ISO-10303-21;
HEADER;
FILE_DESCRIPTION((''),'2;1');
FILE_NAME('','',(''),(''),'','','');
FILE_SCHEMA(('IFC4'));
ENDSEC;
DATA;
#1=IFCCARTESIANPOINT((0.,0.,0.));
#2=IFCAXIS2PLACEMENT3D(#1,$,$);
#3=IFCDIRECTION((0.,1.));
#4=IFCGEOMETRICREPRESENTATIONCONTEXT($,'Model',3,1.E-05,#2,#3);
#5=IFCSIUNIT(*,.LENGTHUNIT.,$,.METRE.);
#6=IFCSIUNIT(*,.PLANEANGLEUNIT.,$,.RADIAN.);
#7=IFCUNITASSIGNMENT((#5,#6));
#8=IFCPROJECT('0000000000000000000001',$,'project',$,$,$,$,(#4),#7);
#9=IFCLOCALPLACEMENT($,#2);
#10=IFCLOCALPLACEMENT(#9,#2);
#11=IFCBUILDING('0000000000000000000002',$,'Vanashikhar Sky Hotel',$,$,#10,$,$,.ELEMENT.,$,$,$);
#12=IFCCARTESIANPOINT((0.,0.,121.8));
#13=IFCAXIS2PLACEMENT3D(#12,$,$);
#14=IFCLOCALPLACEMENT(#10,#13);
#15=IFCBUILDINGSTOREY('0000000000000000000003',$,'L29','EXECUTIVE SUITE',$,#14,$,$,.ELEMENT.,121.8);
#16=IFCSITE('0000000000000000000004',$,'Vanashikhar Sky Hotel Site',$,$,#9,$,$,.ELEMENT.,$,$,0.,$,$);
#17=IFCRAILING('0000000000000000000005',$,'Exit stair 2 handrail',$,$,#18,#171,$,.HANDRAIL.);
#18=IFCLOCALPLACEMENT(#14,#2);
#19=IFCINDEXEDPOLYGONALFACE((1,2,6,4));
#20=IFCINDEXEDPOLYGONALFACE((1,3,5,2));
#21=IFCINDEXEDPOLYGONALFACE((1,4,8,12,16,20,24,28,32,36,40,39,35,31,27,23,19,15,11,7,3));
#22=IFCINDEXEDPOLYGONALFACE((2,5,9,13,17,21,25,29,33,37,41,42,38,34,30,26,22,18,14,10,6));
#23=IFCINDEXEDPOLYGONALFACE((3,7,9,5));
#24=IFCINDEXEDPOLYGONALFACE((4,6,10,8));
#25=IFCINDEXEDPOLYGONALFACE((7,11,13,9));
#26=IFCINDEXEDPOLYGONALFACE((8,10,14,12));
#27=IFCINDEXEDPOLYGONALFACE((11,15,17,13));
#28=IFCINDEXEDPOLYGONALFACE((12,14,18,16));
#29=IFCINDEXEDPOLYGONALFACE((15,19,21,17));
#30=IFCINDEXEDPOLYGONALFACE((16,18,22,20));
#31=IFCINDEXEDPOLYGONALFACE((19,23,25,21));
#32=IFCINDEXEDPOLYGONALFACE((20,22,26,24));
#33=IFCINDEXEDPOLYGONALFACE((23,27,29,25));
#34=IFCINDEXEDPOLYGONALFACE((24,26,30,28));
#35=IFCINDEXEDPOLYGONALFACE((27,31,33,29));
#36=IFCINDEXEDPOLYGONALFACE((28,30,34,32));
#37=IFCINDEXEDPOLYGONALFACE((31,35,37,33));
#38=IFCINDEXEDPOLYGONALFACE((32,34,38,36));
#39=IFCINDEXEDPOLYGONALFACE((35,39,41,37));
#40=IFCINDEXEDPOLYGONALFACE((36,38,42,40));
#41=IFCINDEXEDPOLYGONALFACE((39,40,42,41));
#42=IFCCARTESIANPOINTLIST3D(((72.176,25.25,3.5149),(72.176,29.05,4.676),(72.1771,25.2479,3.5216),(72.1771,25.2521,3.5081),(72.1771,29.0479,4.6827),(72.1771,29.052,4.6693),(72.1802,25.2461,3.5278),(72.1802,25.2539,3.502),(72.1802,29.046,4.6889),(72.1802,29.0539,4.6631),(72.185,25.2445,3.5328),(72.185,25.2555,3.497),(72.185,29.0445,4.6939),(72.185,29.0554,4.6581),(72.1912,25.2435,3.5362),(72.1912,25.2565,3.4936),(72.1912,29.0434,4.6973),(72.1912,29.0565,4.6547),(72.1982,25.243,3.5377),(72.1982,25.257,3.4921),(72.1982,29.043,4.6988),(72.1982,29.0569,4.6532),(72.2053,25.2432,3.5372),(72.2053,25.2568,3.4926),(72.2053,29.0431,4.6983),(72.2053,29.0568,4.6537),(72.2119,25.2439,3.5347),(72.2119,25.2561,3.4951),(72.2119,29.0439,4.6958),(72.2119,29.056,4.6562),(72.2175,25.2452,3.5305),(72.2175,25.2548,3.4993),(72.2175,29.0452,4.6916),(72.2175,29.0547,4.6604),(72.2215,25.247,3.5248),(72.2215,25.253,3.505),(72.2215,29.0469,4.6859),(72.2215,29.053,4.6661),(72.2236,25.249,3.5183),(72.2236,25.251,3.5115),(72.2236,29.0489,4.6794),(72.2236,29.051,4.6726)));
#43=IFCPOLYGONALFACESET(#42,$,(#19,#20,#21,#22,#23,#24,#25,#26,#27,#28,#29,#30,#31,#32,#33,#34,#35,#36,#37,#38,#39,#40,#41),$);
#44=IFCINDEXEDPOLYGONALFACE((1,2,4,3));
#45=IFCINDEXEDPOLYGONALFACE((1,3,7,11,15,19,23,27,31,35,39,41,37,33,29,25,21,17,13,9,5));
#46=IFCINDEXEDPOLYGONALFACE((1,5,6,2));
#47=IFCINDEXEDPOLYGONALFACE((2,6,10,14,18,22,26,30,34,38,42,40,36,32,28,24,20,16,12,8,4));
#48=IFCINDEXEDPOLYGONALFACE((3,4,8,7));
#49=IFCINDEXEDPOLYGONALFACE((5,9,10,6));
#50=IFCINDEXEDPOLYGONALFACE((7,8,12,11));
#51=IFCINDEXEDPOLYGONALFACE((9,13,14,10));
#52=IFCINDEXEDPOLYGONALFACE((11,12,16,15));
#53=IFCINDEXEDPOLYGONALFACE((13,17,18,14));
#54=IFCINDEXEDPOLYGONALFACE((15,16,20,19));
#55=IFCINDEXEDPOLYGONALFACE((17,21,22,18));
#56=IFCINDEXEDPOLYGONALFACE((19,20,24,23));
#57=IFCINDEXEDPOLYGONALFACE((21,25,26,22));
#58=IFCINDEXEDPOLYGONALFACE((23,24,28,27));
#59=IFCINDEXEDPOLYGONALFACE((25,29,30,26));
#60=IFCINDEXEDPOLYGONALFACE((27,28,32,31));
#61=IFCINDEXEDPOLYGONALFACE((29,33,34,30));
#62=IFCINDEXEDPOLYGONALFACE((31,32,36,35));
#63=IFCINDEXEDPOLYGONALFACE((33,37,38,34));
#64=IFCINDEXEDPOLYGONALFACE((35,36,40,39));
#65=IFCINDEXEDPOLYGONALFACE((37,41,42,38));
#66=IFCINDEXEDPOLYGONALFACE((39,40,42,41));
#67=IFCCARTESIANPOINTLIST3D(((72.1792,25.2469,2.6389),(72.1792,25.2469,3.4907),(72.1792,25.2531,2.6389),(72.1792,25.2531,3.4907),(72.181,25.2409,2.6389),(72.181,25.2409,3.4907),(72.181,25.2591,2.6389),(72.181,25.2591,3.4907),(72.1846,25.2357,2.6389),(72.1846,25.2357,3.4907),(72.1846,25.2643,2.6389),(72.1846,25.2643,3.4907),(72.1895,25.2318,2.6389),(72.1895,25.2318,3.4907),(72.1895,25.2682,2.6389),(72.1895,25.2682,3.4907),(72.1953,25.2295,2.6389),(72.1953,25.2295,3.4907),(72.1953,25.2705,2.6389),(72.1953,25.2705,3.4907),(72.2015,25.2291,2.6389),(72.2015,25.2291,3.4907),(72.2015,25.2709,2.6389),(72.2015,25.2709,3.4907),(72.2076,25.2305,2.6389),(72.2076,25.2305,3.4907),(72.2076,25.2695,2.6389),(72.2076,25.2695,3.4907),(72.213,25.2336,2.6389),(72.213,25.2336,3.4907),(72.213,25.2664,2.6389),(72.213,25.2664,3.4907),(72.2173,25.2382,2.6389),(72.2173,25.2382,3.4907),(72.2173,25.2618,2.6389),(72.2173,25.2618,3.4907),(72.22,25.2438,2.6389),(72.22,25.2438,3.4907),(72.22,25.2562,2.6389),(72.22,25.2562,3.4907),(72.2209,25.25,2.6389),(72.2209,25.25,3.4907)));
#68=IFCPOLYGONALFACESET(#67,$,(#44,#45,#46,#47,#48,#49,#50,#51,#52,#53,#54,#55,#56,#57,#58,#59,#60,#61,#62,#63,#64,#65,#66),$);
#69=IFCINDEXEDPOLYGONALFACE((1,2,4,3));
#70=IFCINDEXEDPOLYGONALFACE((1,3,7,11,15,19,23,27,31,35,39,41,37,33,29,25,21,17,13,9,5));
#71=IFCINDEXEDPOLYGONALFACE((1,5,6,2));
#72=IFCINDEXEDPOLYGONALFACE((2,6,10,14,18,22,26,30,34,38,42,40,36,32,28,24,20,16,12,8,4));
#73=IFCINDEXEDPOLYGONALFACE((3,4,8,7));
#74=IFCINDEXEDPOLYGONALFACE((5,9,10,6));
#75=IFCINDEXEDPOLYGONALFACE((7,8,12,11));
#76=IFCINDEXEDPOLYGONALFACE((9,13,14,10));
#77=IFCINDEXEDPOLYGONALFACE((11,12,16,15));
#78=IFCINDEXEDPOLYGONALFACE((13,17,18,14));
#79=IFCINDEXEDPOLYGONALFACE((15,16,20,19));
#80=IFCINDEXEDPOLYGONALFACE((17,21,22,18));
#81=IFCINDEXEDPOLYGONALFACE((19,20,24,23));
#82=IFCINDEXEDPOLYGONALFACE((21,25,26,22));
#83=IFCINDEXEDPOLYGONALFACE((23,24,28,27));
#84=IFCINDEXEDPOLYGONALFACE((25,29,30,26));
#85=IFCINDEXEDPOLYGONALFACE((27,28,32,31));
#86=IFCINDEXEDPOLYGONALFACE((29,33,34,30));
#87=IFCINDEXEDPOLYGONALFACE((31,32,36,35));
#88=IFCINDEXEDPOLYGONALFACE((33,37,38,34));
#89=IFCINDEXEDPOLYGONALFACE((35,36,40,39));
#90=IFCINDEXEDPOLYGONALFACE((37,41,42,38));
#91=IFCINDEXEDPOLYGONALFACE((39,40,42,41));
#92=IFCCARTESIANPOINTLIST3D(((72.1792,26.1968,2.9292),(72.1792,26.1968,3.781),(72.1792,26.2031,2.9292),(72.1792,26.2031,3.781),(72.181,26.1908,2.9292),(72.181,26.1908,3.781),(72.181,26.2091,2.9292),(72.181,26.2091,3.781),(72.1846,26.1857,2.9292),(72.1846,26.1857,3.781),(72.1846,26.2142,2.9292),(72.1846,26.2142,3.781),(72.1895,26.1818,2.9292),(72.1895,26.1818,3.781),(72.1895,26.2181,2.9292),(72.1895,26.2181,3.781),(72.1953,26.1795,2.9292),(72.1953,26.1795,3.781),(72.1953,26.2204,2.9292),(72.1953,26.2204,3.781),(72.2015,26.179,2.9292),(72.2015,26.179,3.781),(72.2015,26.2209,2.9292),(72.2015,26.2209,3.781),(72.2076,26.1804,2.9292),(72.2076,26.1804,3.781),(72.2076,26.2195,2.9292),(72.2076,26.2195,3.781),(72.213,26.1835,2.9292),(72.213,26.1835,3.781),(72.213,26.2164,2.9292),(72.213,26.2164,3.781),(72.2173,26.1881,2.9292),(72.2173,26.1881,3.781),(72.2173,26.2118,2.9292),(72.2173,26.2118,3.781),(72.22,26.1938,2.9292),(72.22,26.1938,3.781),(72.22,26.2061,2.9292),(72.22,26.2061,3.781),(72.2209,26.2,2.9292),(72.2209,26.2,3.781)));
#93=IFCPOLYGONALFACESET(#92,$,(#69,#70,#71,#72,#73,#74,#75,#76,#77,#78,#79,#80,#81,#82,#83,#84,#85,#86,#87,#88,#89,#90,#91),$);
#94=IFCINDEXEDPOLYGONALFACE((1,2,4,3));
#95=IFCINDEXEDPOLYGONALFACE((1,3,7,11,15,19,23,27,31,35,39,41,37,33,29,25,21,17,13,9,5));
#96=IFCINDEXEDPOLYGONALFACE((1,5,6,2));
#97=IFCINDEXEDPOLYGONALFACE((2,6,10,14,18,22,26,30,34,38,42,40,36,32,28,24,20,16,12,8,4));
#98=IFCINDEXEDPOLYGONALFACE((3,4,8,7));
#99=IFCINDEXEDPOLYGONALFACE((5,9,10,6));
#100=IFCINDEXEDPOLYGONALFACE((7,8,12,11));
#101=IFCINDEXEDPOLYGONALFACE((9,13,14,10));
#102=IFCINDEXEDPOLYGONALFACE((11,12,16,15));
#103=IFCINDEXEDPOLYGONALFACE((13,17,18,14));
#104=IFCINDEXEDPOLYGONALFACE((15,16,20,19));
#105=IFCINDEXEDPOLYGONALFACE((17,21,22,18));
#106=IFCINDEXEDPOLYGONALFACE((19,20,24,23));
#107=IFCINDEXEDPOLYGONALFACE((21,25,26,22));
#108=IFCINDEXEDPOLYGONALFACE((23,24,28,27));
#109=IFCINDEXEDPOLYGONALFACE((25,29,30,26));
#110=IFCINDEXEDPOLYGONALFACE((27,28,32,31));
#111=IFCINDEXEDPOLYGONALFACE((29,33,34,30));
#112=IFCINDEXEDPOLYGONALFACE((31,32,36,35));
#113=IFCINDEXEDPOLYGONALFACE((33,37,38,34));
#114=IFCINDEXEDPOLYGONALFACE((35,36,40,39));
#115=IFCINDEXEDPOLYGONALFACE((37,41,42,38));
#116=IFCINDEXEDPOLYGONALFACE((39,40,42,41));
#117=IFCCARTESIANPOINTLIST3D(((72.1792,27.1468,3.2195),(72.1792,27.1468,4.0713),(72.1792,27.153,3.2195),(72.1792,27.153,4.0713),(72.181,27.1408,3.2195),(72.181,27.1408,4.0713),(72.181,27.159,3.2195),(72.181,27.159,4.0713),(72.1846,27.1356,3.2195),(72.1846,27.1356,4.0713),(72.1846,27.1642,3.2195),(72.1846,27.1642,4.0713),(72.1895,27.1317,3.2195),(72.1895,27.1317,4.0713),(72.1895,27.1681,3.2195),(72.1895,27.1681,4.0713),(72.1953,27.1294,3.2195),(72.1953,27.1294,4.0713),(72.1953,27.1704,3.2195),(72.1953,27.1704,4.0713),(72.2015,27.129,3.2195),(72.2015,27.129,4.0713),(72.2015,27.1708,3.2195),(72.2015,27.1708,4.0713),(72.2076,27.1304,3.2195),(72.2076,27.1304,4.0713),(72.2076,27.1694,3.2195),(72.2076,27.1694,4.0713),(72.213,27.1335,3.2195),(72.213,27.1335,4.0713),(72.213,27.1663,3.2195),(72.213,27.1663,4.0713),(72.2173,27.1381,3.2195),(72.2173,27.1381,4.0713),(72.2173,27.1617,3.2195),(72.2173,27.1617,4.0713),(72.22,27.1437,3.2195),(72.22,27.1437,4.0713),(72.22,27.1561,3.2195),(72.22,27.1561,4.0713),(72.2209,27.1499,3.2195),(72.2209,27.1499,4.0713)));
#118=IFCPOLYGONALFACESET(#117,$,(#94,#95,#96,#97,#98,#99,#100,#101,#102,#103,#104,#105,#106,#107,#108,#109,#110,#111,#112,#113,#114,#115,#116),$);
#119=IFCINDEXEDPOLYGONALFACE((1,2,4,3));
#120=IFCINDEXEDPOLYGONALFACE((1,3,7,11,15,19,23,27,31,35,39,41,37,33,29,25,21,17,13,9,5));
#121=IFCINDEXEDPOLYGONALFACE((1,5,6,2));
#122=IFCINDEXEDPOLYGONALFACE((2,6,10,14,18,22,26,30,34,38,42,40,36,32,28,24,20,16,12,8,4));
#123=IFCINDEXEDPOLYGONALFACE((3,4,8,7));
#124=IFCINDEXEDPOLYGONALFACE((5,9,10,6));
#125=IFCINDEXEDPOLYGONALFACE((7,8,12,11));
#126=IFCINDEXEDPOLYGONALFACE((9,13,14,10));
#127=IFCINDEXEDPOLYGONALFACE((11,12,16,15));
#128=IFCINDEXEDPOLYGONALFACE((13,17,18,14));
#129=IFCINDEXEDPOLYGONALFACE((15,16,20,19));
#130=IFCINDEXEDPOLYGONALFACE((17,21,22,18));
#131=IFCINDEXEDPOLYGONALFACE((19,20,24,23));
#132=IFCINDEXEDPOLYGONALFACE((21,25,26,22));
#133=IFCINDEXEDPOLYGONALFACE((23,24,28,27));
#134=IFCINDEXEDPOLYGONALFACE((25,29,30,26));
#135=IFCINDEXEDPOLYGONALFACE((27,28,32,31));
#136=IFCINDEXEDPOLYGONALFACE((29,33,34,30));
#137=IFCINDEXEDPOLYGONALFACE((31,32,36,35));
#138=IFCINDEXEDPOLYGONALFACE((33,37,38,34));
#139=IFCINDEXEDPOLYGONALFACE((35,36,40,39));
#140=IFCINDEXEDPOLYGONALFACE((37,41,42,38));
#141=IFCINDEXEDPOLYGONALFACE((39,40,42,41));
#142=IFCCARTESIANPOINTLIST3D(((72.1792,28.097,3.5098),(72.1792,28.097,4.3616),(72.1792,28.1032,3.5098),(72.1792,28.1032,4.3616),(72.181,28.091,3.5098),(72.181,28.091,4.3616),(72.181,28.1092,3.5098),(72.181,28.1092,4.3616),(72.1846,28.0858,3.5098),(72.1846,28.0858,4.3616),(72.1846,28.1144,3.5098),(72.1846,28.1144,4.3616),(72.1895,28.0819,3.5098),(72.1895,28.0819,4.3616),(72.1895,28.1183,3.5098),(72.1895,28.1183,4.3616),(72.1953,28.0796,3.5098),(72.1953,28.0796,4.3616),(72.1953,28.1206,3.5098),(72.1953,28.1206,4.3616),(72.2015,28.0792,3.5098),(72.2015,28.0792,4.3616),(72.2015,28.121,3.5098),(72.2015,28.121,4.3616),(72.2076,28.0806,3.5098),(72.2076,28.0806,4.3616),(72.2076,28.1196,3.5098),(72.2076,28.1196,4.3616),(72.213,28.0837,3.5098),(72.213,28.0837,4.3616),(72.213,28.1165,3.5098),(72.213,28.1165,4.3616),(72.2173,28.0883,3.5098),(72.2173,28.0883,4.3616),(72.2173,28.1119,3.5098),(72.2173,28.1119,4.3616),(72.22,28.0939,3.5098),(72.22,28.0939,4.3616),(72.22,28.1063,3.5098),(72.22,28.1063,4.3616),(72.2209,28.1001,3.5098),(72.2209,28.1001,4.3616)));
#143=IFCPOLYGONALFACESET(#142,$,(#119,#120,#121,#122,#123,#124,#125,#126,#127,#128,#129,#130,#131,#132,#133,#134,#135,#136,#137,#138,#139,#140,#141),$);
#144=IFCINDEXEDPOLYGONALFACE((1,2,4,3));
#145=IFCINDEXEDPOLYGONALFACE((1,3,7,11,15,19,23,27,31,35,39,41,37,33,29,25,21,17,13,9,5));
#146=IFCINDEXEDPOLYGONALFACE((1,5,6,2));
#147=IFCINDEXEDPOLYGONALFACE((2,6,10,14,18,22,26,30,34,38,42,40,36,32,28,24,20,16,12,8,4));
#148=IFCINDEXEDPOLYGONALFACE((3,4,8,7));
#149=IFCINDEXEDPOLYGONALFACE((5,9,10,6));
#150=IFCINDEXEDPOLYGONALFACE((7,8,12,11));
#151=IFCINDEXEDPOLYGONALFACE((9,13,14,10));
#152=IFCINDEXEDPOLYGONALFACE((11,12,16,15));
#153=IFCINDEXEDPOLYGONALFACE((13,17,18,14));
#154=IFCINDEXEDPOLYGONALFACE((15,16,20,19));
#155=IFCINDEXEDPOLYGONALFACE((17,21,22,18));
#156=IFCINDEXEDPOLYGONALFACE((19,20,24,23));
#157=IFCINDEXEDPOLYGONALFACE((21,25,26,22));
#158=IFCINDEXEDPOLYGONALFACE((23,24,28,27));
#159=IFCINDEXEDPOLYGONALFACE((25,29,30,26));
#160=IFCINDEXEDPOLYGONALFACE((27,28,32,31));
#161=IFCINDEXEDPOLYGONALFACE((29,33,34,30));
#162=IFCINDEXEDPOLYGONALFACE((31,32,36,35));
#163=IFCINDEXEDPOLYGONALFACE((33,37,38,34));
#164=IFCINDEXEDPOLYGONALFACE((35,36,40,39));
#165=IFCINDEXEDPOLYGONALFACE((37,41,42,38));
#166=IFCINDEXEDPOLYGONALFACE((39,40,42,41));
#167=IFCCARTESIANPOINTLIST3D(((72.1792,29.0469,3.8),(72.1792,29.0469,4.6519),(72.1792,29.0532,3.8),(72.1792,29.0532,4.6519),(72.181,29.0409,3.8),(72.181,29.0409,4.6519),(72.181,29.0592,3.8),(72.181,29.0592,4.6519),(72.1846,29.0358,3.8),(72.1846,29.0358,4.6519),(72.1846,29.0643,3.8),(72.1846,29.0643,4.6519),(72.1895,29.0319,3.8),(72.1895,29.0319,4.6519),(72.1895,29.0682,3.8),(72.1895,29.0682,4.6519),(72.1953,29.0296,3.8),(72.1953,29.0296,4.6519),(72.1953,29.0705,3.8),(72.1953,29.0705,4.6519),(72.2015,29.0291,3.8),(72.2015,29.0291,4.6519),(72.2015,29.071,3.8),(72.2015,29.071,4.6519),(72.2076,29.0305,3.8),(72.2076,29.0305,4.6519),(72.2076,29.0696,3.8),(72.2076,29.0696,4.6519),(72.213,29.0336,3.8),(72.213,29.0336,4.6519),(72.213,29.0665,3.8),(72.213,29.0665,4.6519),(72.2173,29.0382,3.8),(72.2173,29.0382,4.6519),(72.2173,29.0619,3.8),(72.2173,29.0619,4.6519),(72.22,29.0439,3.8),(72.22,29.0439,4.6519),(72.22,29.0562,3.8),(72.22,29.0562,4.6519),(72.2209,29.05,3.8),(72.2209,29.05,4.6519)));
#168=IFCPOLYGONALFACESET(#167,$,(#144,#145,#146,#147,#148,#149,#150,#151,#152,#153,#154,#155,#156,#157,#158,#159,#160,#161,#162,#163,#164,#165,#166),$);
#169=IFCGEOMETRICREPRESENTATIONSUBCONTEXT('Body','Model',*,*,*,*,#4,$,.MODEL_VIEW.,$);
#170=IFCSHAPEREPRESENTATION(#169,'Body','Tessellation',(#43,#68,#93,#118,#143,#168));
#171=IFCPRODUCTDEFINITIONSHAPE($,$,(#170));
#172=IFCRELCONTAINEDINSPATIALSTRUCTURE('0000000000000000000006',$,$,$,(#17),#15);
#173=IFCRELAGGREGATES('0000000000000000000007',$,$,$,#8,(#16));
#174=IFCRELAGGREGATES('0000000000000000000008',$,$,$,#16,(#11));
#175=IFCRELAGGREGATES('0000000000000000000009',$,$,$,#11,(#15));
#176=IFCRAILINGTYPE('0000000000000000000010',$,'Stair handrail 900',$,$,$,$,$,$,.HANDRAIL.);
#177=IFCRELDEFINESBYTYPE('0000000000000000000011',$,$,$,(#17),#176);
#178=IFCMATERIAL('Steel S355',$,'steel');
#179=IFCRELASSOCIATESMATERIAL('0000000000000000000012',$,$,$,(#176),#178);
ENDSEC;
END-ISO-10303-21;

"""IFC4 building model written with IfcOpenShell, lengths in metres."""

from ifc_helpers import new_model, si_unit, direction, frame, origin, origin_2d, place, context, subcontext, project, spatial, circle, extrude, source, transform, mapped, material, type_object, element, save


model = new_model("IFC4")

# Units and contexts
model_context = context("Model", 3, precision=1e-05, world=origin(), true_north=direction((0.0, 1.0)))
body_context = subcontext(model_context, "Body", "Model", "MODEL_VIEW")
ifc_project = project(units=[si_unit("LENGTHUNIT", "METRE"), si_unit("PLANEANGLEUNIT", "RADIAN")], contexts=[model_context])

# Site, building, storey
site_placement = place(None, origin())
site = spatial("IfcSite", under=ifc_project, at=site_placement, Name="Vanashikhar Sky Hotel Site", CompositionType="ELEMENT", RefElevation=0.0)
building_placement = place(site_placement, origin())
building = spatial("IfcBuilding", under=site, at=building_placement, Name="Vanashikhar Sky Hotel", CompositionType="ELEMENT")
storey_placement = place(building_placement, frame((0.0, 0.0, 121.8)))
storey = spatial("IfcBuildingStorey", under=building, at=storey_placement, Name="L29", Description="EXECUTIVE SUITE", CompositionType="ELEMENT", Elevation=121.8)

# Railing
ifc_material_1 = material(Name="Steel S355", Category="steel")
railing_type_1 = type_object("IfcRailingType", Name="Stair handrail 900", PredefinedType="HANDRAIL", material=ifc_material_1)
shared_shape_1 = source(origin(), body_context, "Body", "SweptSolid", [
    extrude(circle(Radius=0.0239, at=origin_2d()), frame((0.0, 0.0, 0.876), z_axis=(0.0, 0.956351, 0.29222), x_axis=(-1.0, 0.0, 0.0)), (0.0, 0.0, 1.0), 3.9734),
    extrude(circle(Radius=0.021, at=origin_2d()), origin(), (0.0, 0.0, 1.0), 0.8518),
    extrude(circle(Radius=0.021, at=origin_2d()), frame((0.0, 0.95, 0.2903)), (0.0, 0.0, 1.0), 0.8518),
    extrude(circle(Radius=0.021, at=origin_2d()), frame((0.0, 1.8999, 0.5806)), (0.0, 0.0, 1.0), 0.8518),
    extrude(circle(Radius=0.021, at=origin_2d()), frame((0.0, 2.8501, 0.8708)), (0.0, 0.0, 1.0), 0.8518),
    extrude(circle(Radius=0.021, at=origin_2d()), frame((0.0, 3.8, 1.1611)), (0.0, 0.0, 1.0), 0.8518),
])
for number, where, name in (
    (1, (72.2, 25.25, 2.6389), "Exit stair 2 handrail"),
):
    element("IfcRailing", number, at=place(storey_placement, frame(where)), inside=storey, type_object=railing_type_1, Name=name, PredefinedType="HANDRAIL", context=body_context, shape_type="MappedRepresentation", body=[
        mapped(shared_shape_1, transform((0.0, 0.0, 0.0), scale=1.0)),
    ])

save(model, "model.ifc")
